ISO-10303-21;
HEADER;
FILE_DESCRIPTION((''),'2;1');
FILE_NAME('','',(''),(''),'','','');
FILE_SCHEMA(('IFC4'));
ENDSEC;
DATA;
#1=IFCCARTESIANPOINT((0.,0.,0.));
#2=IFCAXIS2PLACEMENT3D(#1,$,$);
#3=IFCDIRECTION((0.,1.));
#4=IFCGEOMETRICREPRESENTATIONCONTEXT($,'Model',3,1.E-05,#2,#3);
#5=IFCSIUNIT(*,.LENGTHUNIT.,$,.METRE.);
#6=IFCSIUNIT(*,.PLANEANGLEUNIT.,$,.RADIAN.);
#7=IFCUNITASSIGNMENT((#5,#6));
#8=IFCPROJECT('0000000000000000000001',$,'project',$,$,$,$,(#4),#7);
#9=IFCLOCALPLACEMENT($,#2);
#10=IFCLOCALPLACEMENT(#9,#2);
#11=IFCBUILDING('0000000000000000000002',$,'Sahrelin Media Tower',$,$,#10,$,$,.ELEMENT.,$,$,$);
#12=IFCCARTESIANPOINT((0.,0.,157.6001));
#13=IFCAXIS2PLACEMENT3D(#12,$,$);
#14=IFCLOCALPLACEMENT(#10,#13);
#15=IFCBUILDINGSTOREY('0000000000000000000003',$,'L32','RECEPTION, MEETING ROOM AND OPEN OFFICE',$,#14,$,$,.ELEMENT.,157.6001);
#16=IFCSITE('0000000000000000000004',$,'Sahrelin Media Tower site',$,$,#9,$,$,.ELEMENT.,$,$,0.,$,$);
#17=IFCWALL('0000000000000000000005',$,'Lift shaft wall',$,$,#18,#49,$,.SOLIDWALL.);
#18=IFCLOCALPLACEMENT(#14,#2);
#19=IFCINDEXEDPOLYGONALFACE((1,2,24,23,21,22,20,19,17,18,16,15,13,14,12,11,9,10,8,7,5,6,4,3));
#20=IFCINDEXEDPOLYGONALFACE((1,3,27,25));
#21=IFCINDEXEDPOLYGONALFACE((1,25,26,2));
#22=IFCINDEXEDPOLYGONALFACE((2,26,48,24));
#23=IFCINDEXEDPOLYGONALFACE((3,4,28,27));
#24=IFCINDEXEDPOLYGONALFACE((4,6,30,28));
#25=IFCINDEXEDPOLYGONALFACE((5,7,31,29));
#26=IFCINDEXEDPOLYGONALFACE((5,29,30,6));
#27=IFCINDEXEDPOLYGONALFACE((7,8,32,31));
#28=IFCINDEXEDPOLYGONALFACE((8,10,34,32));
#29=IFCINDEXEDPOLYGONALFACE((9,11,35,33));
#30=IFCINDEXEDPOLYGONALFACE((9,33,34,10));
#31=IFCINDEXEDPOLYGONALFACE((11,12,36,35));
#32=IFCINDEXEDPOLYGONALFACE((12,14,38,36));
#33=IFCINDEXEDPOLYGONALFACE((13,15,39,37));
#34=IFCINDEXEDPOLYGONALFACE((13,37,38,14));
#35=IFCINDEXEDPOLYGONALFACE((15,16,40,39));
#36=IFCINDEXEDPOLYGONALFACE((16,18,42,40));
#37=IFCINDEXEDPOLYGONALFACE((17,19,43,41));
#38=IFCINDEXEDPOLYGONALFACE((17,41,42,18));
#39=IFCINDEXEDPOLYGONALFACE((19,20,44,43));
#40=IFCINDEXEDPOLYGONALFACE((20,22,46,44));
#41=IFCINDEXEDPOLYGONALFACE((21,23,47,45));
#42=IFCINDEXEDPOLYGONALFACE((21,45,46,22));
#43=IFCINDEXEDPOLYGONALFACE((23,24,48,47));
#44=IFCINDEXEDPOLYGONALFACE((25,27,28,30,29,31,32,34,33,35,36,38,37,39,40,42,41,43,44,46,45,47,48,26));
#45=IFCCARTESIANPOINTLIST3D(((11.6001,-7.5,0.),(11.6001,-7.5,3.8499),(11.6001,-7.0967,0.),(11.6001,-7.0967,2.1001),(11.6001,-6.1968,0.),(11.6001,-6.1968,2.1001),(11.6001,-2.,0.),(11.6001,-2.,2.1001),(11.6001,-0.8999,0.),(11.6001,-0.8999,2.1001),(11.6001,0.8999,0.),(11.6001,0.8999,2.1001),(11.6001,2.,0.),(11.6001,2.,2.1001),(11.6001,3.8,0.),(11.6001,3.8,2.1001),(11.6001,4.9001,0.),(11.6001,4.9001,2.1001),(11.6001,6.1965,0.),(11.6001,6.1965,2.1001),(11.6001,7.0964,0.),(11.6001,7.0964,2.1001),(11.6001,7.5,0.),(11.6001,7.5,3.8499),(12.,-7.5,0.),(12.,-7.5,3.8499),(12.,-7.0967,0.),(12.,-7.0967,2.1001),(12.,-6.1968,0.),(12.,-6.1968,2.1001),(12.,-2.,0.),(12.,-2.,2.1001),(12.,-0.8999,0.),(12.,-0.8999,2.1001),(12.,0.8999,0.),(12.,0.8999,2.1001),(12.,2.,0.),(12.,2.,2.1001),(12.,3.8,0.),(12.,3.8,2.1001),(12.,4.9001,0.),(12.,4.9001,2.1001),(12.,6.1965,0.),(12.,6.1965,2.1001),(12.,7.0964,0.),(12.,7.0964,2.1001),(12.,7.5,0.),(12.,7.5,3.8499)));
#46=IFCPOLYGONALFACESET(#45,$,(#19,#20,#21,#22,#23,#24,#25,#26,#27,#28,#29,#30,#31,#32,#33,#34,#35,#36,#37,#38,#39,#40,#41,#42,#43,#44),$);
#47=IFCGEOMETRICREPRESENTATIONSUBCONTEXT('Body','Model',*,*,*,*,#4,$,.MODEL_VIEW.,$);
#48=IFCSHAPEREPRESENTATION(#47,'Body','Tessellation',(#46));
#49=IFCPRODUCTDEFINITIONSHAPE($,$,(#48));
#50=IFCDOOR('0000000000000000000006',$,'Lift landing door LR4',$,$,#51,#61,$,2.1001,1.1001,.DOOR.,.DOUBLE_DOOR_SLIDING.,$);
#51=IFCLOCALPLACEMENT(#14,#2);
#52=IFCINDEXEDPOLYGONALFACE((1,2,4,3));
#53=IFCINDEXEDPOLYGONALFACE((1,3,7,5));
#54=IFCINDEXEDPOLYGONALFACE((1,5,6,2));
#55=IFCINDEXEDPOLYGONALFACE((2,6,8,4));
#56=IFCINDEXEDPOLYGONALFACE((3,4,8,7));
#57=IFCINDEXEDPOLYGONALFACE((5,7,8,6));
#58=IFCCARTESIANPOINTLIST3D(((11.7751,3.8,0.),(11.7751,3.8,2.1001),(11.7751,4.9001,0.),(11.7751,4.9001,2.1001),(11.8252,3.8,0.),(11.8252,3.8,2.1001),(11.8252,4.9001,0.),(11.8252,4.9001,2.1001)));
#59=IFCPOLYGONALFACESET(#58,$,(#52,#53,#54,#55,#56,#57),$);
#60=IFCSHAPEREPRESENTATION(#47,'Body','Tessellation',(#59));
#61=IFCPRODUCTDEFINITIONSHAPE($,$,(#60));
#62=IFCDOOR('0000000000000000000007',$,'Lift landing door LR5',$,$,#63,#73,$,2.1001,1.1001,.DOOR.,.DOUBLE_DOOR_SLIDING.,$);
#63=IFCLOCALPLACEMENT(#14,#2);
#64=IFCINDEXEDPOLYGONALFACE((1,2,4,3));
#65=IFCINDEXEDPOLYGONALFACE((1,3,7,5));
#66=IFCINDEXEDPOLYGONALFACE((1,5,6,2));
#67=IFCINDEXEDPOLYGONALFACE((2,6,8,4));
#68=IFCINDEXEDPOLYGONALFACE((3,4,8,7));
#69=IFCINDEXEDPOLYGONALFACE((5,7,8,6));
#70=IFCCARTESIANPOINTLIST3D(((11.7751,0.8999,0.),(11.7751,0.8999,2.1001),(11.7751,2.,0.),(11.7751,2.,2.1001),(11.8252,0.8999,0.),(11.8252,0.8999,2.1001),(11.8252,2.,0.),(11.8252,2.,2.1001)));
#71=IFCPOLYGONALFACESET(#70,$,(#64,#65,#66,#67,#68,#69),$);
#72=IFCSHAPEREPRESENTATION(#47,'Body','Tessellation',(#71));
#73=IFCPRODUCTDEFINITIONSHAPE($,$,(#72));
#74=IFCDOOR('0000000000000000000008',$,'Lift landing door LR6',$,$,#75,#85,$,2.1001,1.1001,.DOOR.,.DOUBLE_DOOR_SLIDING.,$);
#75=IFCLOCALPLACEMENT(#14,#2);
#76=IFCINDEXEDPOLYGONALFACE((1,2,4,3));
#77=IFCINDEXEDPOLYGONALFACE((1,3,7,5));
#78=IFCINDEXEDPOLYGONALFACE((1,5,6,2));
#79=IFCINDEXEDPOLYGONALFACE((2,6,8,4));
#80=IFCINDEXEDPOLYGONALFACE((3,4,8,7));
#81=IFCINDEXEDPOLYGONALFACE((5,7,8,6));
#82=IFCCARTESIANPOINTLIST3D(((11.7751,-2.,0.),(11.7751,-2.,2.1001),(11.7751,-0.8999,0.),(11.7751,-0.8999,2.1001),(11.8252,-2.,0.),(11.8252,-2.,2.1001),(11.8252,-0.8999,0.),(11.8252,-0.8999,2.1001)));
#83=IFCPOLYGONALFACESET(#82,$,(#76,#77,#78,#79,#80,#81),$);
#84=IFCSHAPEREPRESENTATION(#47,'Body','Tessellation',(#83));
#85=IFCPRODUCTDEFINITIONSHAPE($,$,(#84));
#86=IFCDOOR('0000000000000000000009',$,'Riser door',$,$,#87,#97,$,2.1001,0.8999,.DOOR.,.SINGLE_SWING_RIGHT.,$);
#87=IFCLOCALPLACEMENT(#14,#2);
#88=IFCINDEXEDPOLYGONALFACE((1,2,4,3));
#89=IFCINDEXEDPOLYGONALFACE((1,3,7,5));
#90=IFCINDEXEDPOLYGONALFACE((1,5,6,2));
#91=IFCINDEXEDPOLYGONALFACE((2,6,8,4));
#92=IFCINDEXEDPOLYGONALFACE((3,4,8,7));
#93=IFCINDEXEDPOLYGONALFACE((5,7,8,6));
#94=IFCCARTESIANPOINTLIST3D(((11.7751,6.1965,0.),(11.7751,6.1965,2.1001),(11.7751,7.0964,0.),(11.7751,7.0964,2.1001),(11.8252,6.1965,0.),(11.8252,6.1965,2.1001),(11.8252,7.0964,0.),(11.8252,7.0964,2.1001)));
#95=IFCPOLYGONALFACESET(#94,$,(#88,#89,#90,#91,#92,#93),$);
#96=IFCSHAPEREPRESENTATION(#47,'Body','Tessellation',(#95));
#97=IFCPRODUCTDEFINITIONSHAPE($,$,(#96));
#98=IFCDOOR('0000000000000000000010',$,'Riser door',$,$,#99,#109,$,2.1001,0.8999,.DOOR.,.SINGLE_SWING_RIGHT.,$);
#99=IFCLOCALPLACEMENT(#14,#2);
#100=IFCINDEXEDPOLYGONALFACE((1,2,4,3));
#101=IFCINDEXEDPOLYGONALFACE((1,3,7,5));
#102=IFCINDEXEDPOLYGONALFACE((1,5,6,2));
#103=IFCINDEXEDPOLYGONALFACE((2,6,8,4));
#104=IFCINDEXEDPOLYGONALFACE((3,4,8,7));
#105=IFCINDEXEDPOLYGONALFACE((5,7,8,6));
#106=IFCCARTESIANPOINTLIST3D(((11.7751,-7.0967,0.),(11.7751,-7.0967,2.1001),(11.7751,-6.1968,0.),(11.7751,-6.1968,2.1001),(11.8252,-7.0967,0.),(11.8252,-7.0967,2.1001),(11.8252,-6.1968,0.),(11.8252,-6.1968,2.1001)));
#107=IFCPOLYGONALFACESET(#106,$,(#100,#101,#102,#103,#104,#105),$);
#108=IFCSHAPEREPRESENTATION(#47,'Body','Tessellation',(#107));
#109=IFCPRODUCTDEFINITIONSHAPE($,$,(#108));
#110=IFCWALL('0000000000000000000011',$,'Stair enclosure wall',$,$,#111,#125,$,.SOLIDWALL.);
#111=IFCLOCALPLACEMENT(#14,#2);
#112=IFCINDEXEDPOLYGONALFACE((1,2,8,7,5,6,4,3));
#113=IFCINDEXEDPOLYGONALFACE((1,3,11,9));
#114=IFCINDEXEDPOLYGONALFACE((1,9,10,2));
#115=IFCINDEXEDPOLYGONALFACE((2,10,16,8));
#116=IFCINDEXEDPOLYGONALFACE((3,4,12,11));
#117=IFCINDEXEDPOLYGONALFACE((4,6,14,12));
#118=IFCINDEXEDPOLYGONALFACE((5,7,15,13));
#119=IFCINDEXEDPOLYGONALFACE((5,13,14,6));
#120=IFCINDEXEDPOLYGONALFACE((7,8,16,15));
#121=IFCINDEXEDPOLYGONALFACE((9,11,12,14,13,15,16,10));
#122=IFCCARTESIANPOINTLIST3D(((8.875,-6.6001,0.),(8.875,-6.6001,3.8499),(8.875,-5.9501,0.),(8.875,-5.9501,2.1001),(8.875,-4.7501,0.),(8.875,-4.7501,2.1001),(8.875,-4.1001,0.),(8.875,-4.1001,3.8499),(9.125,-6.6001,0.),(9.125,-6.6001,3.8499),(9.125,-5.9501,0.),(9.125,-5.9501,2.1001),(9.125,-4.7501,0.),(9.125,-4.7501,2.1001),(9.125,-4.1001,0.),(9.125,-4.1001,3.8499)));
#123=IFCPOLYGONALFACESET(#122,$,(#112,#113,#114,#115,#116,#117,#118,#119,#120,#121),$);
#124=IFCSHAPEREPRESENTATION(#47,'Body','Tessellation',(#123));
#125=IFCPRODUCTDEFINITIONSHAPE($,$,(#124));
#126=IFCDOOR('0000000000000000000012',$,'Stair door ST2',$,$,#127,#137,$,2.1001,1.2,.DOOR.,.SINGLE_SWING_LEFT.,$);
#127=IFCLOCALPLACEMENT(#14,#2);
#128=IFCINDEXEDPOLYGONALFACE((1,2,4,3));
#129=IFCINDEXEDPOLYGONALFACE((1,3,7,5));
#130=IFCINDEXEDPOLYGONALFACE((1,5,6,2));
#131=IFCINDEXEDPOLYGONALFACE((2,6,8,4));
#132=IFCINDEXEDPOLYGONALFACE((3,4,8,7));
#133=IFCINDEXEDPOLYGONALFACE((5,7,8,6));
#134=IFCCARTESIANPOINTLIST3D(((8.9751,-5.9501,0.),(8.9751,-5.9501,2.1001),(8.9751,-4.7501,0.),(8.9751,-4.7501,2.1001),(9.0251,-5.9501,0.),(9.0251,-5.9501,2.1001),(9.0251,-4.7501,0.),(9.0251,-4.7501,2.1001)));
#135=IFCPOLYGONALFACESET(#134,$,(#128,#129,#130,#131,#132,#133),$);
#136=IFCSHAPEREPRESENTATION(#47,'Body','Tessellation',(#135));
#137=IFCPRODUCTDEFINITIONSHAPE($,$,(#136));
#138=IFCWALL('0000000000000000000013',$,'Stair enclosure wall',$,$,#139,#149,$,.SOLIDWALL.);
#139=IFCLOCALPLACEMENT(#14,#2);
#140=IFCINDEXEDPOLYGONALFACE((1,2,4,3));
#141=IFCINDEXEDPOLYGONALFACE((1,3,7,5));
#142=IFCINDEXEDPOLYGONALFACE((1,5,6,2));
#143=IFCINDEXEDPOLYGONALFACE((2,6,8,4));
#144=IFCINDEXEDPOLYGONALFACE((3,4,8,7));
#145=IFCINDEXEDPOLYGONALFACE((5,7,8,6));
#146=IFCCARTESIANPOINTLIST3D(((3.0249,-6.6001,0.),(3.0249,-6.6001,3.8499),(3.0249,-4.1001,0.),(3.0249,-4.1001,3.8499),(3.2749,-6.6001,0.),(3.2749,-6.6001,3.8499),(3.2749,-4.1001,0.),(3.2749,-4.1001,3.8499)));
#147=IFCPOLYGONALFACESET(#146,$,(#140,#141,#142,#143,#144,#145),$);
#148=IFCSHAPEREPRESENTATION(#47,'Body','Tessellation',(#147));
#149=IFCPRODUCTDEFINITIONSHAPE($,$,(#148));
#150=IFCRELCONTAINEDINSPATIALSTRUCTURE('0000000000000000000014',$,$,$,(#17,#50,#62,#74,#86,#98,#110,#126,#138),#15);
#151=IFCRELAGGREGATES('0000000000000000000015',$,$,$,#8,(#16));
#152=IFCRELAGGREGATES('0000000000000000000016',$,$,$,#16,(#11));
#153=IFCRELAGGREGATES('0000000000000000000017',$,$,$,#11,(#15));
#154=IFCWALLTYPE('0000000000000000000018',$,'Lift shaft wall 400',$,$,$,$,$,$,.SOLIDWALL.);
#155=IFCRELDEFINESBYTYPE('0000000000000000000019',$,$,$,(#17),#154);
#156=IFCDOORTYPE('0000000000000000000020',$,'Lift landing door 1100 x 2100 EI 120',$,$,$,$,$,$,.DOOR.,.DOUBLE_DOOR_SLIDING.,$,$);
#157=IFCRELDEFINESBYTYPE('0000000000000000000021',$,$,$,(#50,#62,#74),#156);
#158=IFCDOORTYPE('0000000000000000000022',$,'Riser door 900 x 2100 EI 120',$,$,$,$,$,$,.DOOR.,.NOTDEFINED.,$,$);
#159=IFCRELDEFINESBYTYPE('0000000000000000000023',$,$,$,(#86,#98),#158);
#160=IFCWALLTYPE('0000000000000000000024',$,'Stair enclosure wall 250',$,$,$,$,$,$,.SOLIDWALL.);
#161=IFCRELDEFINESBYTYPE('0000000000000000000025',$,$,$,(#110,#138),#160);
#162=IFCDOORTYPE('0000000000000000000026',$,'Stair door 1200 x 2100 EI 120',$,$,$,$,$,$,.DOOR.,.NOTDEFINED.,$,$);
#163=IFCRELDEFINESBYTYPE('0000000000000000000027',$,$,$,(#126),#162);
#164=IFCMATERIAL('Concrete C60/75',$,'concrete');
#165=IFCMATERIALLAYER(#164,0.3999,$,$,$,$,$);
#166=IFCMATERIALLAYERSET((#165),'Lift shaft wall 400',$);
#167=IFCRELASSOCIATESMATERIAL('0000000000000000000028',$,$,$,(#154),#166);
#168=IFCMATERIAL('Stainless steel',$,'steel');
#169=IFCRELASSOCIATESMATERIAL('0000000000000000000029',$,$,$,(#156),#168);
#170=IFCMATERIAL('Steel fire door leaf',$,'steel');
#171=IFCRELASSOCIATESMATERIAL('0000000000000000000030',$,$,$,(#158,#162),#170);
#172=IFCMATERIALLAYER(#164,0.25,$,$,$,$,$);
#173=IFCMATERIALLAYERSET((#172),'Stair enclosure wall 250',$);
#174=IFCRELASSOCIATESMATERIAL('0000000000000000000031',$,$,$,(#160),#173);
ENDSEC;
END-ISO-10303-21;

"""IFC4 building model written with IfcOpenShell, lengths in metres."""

from ifc_helpers import new_model, si_unit, direction, frame, frame_2d, origin, place, context, subcontext, project, spatial, rectangle, extrude, material, layer, layer_set, type_object, element, fill, save


model = new_model("IFC4")

# Units and contexts
model_context = context("Model", 3, precision=1e-05, world=origin(), true_north=direction((0.0, 1.0)))
body_context = subcontext(model_context, "Body", "Model", "MODEL_VIEW")
ifc_project = project(units=[si_unit("LENGTHUNIT", "METRE"), si_unit("PLANEANGLEUNIT", "RADIAN")], contexts=[model_context])

# Site, building, storey
site_placement = place(None, origin())
site = spatial("IfcSite", under=ifc_project, at=site_placement, Name="Sahrelin Media Tower site", CompositionType="ELEMENT", RefElevation=0.0)
building_placement = place(site_placement, origin())
building = spatial("IfcBuilding", under=site, at=building_placement, Name="Sahrelin Media Tower", CompositionType="ELEMENT")
storey_placement = place(building_placement, frame((0.0, 0.0, 157.6001)))
storey = spatial("IfcBuildingStorey", under=building, at=storey_placement, Name="L32", Description="RECEPTION, MEETING ROOM AND OPEN OFFICE", CompositionType="ELEMENT", Elevation=157.6001)

# Shared definitions
ifc_material_1 = material(Name="Concrete C60/75", Category="concrete")

# Wall, openings, doors
ifc_layer_1 = layer(ifc_material_1, 0.3999)
ifc_layer_set_1 = layer_set([ifc_layer_1], Name="Lift shaft wall 400")
wall_type_1 = type_object("IfcWallType", Name="Lift shaft wall 400", PredefinedType="SOLIDWALL", material=ifc_layer_set_1)
wall_1_placement = place(storey_placement, frame((11.8, -7.5, 0.0), z_axis=(0.0, 0.0, 1.0), x_axis=(0.0, 1.0, 0.0)))
wall_1 = element("IfcWall", 1, at=wall_1_placement, inside=storey, type_object=wall_type_1, Name="Lift shaft wall", PredefinedType="SOLIDWALL", context=body_context, shape_type="SweptSolid", body=[
    extrude(rectangle(XDim=15.0, YDim=0.3999, at=frame_2d((7.5, 0.0))), origin(), (0.0, 0.0, 1.0), 3.8499),
])
opening_1_placement = place(wall_1_placement, frame((11.3, 0.0, 0.0)))
opening_1 = element("IfcOpeningElement", 2, at=opening_1_placement, cuts=wall_1, PredefinedType="OPENING", context=body_context, shape_type="SweptSolid", body=[
    extrude(rectangle(XDim=1.1001, YDim=2.1001, at=frame_2d((0.55, 1.05))), frame((0.0, 0.2, 0.0), z_axis=(0.0, -1.0, 0.0), x_axis=(1.0, 0.0, 0.0)), (0.0, 0.0, 1.0), 0.3999),
])
opening_2_placement = place(wall_1_placement, frame((8.3999, 0.0, 0.0)))
opening_2 = element("IfcOpeningElement", 3, at=opening_2_placement, cuts=wall_1, PredefinedType="OPENING", context=body_context, shape_type="SweptSolid", body=[
    extrude(rectangle(XDim=1.1001, YDim=2.1001, at=frame_2d((0.55, 1.05))), frame((0.0, 0.2, 0.0), z_axis=(0.0, -1.0, 0.0), x_axis=(1.0, 0.0, 0.0)), (0.0, 0.0, 1.0), 0.3999),
])
opening_3_placement = place(wall_1_placement, frame((5.5, 0.0, 0.0)))
opening_3 = element("IfcOpeningElement", 4, at=opening_3_placement, cuts=wall_1, PredefinedType="OPENING", context=body_context, shape_type="SweptSolid", body=[
    extrude(rectangle(XDim=1.1001, YDim=2.1001, at=frame_2d((0.55, 1.05))), frame((0.0, 0.2, 0.0), z_axis=(0.0, -1.0, 0.0), x_axis=(1.0, 0.0, 0.0)), (0.0, 0.0, 1.0), 0.3999),
])
opening_4_placement = place(wall_1_placement, frame((13.6965, 0.0, 0.0)))
opening_4 = element("IfcOpeningElement", 5, at=opening_4_placement, cuts=wall_1, PredefinedType="OPENING", context=body_context, shape_type="SweptSolid", body=[
    extrude(rectangle(XDim=0.8999, YDim=2.1001, at=frame_2d((0.45, 1.05))), frame((0.0, 0.2, 0.0), z_axis=(0.0, -1.0, 0.0), x_axis=(1.0, 0.0, 0.0)), (0.0, 0.0, 1.0), 0.3999),
])
opening_5_placement = place(wall_1_placement, frame((0.4033, 0.0, 0.0)))
opening_5 = element("IfcOpeningElement", 6, at=opening_5_placement, cuts=wall_1, PredefinedType="OPENING", context=body_context, shape_type="SweptSolid", body=[
    extrude(rectangle(XDim=0.8999, YDim=2.1001, at=frame_2d((0.45, 1.05))), frame((0.0, 0.2, 0.0), z_axis=(0.0, -1.0, 0.0), x_axis=(1.0, 0.0, 0.0)), (0.0, 0.0, 1.0), 0.3999),
])
ifc_material_2 = material(Name="Stainless steel", Category="steel")
door_type_1 = type_object("IfcDoorType", Name="Lift landing door 1100 x 2100 EI 120", OperationType="DOUBLE_DOOR_SLIDING", PredefinedType="DOOR", material=ifc_material_2)
door_1_placement = place(opening_1_placement, origin())
door_1 = element("IfcDoor", 7, at=door_1_placement, inside=storey, type_object=door_type_1, Name="Lift landing door LR4", OperationType="DOUBLE_DOOR_SLIDING", OverallHeight=2.1001, OverallWidth=1.1001, PredefinedType="DOOR", context=body_context, shape_type="SweptSolid", body=[
    extrude(rectangle(XDim=1.1001, YDim=2.1001, at=frame_2d((0.55, 1.05))), frame((0.0, 0.0249, 0.0), z_axis=(0.0, -1.0, 0.0), x_axis=(1.0, 0.0, 0.0)), (0.0, 0.0, 1.0), 0.05),
])
fill(opening_1, door_1)
door_2_placement = place(opening_2_placement, origin())
door_2 = element("IfcDoor", 8, at=door_2_placement, inside=storey, type_object=door_type_1, Name="Lift landing door LR5", OperationType="DOUBLE_DOOR_SLIDING", OverallHeight=2.1001, OverallWidth=1.1001, PredefinedType="DOOR", context=body_context, shape_type="SweptSolid", body=[
    extrude(rectangle(XDim=1.1001, YDim=2.1001, at=frame_2d((0.55, 1.05))), frame((0.0, 0.0249, 0.0), z_axis=(0.0, -1.0, 0.0), x_axis=(1.0, 0.0, 0.0)), (0.0, 0.0, 1.0), 0.05),
])
fill(opening_2, door_2)
door_3_placement = place(opening_3_placement, origin())
door_3 = element("IfcDoor", 9, at=door_3_placement, inside=storey, type_object=door_type_1, Name="Lift landing door LR6", OperationType="DOUBLE_DOOR_SLIDING", OverallHeight=2.1001, OverallWidth=1.1001, PredefinedType="DOOR", context=body_context, shape_type="SweptSolid", body=[
    extrude(rectangle(XDim=1.1001, YDim=2.1001, at=frame_2d((0.55, 1.05))), frame((0.0, 0.0249, 0.0), z_axis=(0.0, -1.0, 0.0), x_axis=(1.0, 0.0, 0.0)), (0.0, 0.0, 1.0), 0.05),
])
fill(opening_3, door_3)
ifc_material_3 = material(Name="Steel fire door leaf", Category="steel")
door_type_2 = type_object("IfcDoorType", Name="Riser door 900 x 2100 EI 120", OperationType="NOTDEFINED", PredefinedType="DOOR", material=ifc_material_3)
door_4_placement = place(opening_4_placement, origin())
door_4 = element("IfcDoor", 10, at=door_4_placement, inside=storey, type_object=door_type_2, Name="Riser door", OperationType="SINGLE_SWING_RIGHT", OverallHeight=2.1001, OverallWidth=0.8999, PredefinedType="DOOR", context=body_context, shape_type="SweptSolid", body=[
    extrude(rectangle(XDim=0.8999, YDim=2.1001, at=frame_2d((0.45, 1.05))), frame((0.0, 0.0249, 0.0), z_axis=(0.0, -1.0, 0.0), x_axis=(1.0, 0.0, 0.0)), (0.0, 0.0, 1.0), 0.05),
])
fill(opening_4, door_4)
door_5_placement = place(opening_5_placement, origin())
door_5 = element("IfcDoor", 11, at=door_5_placement, inside=storey, type_object=door_type_2, Name="Riser door", OperationType="SINGLE_SWING_RIGHT", OverallHeight=2.1001, OverallWidth=0.8999, PredefinedType="DOOR", context=body_context, shape_type="SweptSolid", body=[
    extrude(rectangle(XDim=0.8999, YDim=2.1001, at=frame_2d((0.45, 1.05))), frame((0.0, 0.0249, 0.0), z_axis=(0.0, -1.0, 0.0), x_axis=(1.0, 0.0, 0.0)), (0.0, 0.0, 1.0), 0.05),
])
fill(opening_5, door_5)

# Wall, opening, door
ifc_layer_2 = layer(ifc_material_1, 0.25)
ifc_layer_set_2 = layer_set([ifc_layer_2], Name="Stair enclosure wall 250")
wall_type_2 = type_object("IfcWallType", Name="Stair enclosure wall 250", PredefinedType="SOLIDWALL", material=ifc_layer_set_2)
wall_2_placement = place(storey_placement, frame((9.0, -6.6001, 0.0), z_axis=(0.0, 0.0, 1.0), x_axis=(0.0, 1.0, 0.0)))
wall_2 = element("IfcWall", 12, at=wall_2_placement, inside=storey, type_object=wall_type_2, Name="Stair enclosure wall", PredefinedType="SOLIDWALL", context=body_context, shape_type="SweptSolid", body=[
    extrude(rectangle(XDim=2.5, YDim=0.25, at=frame_2d((1.25, 0.0))), origin(), (0.0, 0.0, 1.0), 3.8499),
])
opening_6_placement = place(wall_2_placement, frame((0.6499, 0.0, 0.0)))
opening_6 = element("IfcOpeningElement", 13, at=opening_6_placement, cuts=wall_2, PredefinedType="OPENING", context=body_context, shape_type="SweptSolid", body=[
    extrude(rectangle(XDim=1.2, YDim=2.1001, at=frame_2d((0.6001, 1.05))), frame((0.0, 0.125, 0.0), z_axis=(0.0, -1.0, 0.0), x_axis=(1.0, 0.0, 0.0)), (0.0, 0.0, 1.0), 0.25),
])
door_type_3 = type_object("IfcDoorType", Name="Stair door 1200 x 2100 EI 120", OperationType="NOTDEFINED", PredefinedType="DOOR", material=ifc_material_3)
door_6_placement = place(opening_6_placement, origin())
door_6 = element("IfcDoor", 14, at=door_6_placement, inside=storey, type_object=door_type_3, Name="Stair door ST2", OperationType="SINGLE_SWING_LEFT", OverallHeight=2.1001, OverallWidth=1.2, PredefinedType="DOOR", context=body_context, shape_type="SweptSolid", body=[
    extrude(rectangle(XDim=1.2, YDim=2.1001, at=frame_2d((0.6001, 1.05))), frame((0.0, 0.0249, 0.0), z_axis=(0.0, -1.0, 0.0), x_axis=(1.0, 0.0, 0.0)), (0.0, 0.0, 1.0), 0.05),
])
fill(opening_6, door_6)

# Wall
wall_3_placement = place(storey_placement, frame((3.1499, -6.6001, 0.0), z_axis=(0.0, 0.0, 1.0), x_axis=(0.0, 1.0, 0.0)))
element("IfcWall", 15, at=wall_3_placement, inside=storey, type_object=wall_type_2, Name="Stair enclosure wall", PredefinedType="SOLIDWALL", context=body_context, shape_type="SweptSolid", body=[
    extrude(rectangle(XDim=2.5, YDim=0.25, at=frame_2d((1.25, 0.0))), origin(), (0.0, 0.0, 1.0), 3.8499),
])

save(model, "model.ifc")
